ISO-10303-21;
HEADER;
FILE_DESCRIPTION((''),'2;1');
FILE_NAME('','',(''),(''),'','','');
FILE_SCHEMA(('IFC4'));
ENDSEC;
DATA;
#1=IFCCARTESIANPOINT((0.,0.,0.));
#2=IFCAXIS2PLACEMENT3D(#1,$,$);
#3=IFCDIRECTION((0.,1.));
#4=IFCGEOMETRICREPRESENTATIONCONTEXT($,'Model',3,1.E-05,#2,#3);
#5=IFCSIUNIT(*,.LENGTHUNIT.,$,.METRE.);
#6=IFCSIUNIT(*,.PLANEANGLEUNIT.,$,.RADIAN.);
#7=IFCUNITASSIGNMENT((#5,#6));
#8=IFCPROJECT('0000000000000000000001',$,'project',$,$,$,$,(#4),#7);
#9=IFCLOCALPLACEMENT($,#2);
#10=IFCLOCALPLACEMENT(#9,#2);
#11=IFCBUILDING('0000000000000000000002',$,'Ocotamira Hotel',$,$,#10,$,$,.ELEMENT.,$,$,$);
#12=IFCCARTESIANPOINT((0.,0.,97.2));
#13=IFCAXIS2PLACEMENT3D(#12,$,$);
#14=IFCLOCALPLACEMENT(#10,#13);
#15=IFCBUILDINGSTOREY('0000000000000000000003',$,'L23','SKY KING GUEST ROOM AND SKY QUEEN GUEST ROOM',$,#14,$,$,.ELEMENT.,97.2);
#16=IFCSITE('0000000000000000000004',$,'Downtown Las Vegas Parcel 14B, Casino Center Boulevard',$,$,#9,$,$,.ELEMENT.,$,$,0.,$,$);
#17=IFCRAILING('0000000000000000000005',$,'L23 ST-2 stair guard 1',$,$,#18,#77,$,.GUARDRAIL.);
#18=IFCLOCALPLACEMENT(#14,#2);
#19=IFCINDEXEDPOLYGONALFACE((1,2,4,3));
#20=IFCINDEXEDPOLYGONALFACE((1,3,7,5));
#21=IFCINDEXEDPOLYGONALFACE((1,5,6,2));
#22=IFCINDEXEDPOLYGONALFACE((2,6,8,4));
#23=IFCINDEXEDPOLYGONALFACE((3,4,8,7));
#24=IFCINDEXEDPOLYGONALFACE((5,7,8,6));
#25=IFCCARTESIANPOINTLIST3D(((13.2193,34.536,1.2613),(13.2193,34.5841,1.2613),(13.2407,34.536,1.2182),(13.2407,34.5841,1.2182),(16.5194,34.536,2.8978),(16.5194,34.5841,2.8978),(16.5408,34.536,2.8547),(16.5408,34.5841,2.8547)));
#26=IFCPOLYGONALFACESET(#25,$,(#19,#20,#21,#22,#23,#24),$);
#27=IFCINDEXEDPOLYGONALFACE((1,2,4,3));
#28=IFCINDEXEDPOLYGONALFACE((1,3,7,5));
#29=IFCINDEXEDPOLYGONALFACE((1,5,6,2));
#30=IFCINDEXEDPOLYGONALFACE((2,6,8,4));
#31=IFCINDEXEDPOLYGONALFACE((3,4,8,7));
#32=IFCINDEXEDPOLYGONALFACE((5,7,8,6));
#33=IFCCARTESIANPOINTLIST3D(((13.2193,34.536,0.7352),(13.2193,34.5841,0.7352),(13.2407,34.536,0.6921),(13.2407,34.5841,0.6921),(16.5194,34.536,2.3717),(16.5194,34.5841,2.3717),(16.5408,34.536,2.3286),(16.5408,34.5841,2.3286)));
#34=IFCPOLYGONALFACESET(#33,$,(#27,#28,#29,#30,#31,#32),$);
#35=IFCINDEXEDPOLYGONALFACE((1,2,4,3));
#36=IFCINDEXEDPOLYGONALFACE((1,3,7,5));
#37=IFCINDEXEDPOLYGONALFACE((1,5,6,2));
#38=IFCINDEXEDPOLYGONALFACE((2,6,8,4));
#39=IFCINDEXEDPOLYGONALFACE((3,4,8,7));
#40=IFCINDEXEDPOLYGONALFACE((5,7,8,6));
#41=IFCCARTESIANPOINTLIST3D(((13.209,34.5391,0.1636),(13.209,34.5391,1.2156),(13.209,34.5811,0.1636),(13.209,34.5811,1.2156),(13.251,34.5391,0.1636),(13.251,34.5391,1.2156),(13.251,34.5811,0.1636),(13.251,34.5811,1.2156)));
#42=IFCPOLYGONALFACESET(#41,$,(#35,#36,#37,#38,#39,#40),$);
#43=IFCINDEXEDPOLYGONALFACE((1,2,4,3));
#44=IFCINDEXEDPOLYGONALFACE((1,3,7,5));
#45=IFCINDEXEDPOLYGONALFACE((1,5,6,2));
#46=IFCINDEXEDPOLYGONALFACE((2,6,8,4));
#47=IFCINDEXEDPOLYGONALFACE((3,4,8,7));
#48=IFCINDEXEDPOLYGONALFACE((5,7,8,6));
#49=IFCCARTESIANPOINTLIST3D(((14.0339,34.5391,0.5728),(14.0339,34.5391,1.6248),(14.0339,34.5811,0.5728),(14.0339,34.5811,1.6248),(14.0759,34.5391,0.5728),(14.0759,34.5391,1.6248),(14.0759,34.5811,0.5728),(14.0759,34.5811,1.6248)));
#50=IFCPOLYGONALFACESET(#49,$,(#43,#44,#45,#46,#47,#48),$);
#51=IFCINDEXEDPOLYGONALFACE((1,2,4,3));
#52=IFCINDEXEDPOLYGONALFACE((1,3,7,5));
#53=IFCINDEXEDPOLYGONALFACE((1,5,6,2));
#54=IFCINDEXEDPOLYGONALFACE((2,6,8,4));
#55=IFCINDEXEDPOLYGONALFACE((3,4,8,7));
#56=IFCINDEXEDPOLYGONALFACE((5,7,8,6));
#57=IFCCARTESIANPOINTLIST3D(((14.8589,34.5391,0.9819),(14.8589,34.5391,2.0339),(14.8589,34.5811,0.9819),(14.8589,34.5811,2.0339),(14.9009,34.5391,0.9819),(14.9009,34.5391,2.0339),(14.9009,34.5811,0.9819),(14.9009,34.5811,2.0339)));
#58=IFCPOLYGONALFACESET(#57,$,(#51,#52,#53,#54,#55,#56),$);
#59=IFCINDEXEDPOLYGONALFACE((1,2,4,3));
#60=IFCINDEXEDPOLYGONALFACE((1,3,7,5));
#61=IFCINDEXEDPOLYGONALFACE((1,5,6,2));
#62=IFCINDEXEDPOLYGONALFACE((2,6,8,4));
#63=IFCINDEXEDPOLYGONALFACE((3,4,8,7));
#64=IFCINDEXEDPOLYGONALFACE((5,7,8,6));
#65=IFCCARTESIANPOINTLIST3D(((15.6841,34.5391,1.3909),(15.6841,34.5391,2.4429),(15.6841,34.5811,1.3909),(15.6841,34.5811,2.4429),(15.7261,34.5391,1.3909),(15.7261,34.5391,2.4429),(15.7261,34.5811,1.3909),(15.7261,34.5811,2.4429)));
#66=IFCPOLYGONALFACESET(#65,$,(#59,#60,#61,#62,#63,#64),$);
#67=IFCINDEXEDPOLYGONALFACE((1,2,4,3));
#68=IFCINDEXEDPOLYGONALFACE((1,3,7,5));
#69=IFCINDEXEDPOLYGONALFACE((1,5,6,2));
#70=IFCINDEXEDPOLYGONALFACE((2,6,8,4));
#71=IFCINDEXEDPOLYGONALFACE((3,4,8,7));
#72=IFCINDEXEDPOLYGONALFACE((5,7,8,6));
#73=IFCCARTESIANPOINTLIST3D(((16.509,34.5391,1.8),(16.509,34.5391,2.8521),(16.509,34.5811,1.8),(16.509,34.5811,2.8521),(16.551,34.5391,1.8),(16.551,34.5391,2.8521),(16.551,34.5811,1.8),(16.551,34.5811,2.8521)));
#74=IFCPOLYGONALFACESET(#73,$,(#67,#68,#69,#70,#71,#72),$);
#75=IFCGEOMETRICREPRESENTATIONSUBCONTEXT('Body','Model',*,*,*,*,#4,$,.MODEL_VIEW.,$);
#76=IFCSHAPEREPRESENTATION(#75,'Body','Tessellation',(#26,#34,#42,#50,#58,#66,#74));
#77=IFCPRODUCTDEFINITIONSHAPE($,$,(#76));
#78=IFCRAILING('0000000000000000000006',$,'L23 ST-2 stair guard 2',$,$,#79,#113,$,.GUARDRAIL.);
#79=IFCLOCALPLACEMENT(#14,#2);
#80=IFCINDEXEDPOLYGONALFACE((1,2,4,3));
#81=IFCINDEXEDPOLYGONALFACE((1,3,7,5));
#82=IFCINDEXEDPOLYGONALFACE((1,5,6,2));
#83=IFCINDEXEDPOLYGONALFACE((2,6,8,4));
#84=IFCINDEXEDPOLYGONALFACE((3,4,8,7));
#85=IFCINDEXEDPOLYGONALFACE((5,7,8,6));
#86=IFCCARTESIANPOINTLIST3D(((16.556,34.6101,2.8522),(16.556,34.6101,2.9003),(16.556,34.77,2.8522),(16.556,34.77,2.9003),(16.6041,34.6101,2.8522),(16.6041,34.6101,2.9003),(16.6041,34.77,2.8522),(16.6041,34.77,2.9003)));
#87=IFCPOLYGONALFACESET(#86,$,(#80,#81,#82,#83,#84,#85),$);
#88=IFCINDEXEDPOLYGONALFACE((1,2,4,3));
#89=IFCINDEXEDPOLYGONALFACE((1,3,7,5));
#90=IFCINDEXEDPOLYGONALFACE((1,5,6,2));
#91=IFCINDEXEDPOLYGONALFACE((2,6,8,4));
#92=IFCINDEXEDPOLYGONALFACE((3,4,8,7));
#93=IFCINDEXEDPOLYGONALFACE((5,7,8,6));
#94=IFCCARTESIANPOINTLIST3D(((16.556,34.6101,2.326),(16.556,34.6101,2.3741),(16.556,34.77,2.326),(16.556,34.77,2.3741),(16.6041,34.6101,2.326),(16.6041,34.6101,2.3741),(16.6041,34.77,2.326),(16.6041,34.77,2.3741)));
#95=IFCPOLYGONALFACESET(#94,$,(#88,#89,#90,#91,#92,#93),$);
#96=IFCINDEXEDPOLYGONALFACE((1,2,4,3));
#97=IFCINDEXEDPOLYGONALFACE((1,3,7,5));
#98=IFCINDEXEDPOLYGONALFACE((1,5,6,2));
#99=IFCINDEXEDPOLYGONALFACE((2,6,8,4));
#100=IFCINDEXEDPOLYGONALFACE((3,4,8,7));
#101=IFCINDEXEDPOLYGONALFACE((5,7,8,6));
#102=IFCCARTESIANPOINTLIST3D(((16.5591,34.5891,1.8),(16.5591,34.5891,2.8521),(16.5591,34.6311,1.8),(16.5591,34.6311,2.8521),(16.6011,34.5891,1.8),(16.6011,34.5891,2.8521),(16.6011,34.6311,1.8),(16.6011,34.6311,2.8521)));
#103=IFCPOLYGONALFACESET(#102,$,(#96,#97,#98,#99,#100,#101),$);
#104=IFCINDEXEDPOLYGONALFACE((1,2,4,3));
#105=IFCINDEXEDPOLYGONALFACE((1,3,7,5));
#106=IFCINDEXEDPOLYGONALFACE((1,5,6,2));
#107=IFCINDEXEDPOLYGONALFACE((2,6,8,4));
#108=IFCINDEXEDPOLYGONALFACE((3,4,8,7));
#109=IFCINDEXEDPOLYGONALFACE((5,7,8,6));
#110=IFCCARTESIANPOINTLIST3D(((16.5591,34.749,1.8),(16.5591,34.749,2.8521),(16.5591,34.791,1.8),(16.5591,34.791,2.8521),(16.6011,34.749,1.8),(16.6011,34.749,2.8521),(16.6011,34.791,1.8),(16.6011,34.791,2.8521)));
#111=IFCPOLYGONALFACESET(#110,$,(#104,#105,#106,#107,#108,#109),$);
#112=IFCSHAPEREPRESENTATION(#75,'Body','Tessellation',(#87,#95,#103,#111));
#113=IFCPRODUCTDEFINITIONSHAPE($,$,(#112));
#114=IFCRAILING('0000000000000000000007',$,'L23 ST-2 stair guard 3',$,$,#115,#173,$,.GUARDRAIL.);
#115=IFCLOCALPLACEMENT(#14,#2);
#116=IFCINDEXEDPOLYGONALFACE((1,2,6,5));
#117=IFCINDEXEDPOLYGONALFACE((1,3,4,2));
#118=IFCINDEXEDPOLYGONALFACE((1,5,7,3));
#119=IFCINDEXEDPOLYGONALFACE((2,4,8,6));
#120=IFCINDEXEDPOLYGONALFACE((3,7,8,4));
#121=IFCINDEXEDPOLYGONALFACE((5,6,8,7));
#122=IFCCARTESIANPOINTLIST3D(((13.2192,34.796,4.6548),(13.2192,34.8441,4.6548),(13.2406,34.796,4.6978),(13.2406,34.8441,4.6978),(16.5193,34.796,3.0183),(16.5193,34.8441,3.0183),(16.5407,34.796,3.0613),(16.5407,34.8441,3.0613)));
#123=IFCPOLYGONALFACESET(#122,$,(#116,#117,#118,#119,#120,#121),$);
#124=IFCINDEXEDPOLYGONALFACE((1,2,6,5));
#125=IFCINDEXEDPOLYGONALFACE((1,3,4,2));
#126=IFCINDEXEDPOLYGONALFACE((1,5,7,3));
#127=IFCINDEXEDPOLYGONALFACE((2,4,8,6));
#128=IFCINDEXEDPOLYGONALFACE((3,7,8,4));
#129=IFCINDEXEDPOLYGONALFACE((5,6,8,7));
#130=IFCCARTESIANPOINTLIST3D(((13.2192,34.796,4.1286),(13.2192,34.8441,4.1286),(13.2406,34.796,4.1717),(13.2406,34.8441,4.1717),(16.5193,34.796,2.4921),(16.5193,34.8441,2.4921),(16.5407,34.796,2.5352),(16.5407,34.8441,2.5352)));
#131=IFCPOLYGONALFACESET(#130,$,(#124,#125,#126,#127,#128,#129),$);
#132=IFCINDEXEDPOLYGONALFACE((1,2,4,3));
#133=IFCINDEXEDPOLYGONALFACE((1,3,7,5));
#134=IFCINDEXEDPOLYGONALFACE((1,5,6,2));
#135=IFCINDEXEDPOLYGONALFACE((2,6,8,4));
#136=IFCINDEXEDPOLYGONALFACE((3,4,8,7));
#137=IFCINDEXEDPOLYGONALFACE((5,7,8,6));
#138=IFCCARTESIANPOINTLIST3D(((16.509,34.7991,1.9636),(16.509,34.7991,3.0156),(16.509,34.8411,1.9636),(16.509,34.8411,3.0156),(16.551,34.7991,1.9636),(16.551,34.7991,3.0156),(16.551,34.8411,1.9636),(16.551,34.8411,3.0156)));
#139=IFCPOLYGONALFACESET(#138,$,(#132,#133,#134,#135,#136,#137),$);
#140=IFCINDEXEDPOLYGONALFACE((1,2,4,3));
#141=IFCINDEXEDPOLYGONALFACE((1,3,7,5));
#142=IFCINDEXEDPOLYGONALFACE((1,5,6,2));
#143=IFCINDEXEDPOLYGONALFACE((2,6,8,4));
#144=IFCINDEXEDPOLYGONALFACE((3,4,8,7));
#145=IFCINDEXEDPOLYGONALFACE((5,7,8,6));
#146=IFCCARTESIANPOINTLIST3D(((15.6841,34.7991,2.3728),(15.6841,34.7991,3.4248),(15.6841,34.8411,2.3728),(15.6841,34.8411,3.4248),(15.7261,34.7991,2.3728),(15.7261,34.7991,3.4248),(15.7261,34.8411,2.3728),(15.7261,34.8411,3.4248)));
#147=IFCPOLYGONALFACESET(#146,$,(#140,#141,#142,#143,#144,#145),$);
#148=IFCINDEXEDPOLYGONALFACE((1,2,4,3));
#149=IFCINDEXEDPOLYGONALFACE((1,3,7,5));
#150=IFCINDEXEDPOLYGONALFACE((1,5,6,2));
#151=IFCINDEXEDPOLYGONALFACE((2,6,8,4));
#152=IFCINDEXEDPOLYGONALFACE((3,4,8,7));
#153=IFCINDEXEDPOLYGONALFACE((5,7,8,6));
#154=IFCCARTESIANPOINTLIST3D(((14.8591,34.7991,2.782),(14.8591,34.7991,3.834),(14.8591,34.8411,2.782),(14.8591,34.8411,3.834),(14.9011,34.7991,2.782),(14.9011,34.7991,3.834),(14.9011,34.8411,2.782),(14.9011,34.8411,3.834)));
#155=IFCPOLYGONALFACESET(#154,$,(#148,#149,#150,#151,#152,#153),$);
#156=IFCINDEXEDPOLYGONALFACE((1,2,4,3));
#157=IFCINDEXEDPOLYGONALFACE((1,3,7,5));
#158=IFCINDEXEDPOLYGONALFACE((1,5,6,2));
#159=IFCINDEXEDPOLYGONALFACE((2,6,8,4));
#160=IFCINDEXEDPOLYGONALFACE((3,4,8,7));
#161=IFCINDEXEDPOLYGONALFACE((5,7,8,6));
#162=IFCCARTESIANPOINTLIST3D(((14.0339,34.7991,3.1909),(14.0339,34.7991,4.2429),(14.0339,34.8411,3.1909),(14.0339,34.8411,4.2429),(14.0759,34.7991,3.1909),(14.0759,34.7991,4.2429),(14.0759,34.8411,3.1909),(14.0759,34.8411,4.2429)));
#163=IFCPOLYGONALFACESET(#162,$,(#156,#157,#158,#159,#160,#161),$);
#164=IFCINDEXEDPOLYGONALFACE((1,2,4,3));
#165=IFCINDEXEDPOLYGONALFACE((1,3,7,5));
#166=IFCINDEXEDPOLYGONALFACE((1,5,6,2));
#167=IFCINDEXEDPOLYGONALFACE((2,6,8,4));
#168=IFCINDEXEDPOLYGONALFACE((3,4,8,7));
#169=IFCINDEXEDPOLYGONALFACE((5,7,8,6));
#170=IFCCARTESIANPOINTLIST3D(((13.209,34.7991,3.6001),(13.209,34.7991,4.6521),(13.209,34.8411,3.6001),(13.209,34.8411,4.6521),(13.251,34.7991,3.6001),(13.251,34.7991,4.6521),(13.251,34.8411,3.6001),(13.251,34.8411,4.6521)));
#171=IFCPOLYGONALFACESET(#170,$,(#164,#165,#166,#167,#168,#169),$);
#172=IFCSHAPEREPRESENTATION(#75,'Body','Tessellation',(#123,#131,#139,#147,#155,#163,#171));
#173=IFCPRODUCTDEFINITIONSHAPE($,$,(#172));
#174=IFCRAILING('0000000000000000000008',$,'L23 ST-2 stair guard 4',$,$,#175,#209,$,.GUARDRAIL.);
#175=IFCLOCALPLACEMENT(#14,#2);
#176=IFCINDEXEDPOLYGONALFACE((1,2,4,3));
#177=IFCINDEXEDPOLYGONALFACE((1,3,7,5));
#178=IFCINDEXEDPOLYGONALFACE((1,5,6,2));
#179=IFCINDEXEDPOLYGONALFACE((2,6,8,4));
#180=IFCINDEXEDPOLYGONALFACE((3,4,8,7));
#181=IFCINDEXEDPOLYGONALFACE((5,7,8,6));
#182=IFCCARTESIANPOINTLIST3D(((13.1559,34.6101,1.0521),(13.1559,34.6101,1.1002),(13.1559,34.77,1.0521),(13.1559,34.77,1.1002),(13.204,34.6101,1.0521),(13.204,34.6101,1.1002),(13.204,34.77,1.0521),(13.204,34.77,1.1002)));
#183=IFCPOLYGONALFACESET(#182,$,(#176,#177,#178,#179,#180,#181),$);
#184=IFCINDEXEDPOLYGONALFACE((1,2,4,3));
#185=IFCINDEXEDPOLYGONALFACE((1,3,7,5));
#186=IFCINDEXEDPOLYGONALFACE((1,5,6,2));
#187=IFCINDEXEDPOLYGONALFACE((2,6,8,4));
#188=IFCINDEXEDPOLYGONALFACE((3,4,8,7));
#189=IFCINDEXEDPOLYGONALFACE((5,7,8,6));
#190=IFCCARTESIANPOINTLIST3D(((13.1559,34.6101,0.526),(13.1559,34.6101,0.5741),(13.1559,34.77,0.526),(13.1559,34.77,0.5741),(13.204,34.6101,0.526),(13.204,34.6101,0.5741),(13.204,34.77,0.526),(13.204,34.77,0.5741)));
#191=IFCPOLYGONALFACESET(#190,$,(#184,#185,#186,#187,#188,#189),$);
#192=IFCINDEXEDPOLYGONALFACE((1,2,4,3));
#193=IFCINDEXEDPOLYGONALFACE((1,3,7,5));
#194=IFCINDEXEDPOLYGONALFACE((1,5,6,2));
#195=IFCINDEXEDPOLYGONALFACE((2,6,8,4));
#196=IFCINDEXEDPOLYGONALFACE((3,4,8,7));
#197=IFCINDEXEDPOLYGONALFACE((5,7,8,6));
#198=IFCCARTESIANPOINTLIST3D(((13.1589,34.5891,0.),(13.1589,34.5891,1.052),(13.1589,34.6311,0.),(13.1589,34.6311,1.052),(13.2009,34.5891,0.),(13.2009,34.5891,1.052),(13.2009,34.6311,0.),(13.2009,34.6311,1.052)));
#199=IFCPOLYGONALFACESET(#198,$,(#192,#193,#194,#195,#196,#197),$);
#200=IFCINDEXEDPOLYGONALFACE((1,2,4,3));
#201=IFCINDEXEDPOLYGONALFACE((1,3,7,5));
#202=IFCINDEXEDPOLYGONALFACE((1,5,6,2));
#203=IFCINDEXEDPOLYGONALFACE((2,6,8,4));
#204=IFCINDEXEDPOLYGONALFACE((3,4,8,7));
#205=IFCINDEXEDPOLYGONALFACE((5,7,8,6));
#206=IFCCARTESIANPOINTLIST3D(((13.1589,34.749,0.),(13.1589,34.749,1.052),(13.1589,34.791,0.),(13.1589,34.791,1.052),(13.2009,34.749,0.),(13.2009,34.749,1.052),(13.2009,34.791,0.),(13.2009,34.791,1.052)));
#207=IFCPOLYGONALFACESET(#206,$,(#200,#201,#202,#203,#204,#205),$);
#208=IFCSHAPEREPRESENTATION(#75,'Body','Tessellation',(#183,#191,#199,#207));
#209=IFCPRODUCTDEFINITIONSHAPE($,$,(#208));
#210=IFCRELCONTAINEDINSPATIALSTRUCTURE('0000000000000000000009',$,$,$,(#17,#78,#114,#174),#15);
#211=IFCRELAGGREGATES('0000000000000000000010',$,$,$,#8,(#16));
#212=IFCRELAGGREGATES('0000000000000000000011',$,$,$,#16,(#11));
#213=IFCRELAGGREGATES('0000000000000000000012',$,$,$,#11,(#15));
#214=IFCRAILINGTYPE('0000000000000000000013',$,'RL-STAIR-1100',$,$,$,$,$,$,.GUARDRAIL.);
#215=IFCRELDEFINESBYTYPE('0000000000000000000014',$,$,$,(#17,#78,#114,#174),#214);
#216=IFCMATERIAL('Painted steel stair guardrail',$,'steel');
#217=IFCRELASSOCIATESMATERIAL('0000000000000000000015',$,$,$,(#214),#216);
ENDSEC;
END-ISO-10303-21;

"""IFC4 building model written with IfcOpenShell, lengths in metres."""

from ifc_helpers import new_model, si_unit, direction, frame, origin, origin_2d, place, context, subcontext, project, spatial, rectangle, extrude, material, type_object, element, save


model = new_model("IFC4")

# Units and contexts
model_context = context("Model", 3, precision=1e-05, world=origin(), true_north=direction((0.0, 1.0)))
body_context = subcontext(model_context, "Body", "Model", "MODEL_VIEW")
ifc_project = project(units=[si_unit("LENGTHUNIT", "METRE"), si_unit("PLANEANGLEUNIT", "RADIAN")], contexts=[model_context])

# Site, building, storey
site_placement = place(None, origin())
site = spatial("IfcSite", under=ifc_project, at=site_placement, Name="Downtown Las Vegas Parcel 14B, Casino Center Boulevard", CompositionType="ELEMENT", RefElevation=0.0)
building_placement = place(site_placement, origin())
building = spatial("IfcBuilding", under=site, at=building_placement, Name="Ocotamira Hotel", CompositionType="ELEMENT")
storey_placement = place(building_placement, frame((0.0, 0.0, 97.2)))
storey = spatial("IfcBuildingStorey", under=building, at=storey_placement, Name="L23", Description="SKY KING GUEST ROOM AND SKY QUEEN GUEST ROOM", CompositionType="ELEMENT", Elevation=97.2)

# Railings
ifc_material_1 = material(Name="Painted steel stair guardrail", Category="steel")
railing_type_1 = type_object("IfcRailingType", Name="RL-STAIR-1100", PredefinedType="GUARDRAIL", material=ifc_material_1)
railing_1_placement = place(storey_placement, frame((13.23, 34.5601, 0.1636)))
element("IfcRailing", 1, at=railing_1_placement, inside=storey, type_object=railing_type_1, Name="L23 ST-2 stair guard 1", PredefinedType="GUARDRAIL", context=body_context, shape_type="SweptSolid", body=[
    extrude(rectangle(XDim=0.0481, YDim=0.0481, at=origin_2d()), frame((0.0, 0.0, 1.0762), z_axis=(0.895894, 0.0, 0.444268), x_axis=(0.0, 1.0, 0.0)), (0.0, 0.0, 1.0), 3.6836),
    extrude(rectangle(XDim=0.0481, YDim=0.0481, at=origin_2d()), frame((0.0, 0.0, 0.55), z_axis=(0.895894, 0.0, 0.444268), x_axis=(0.0, 1.0, 0.0)), (0.0, 0.0, 1.0), 3.6836),
    extrude(rectangle(XDim=0.042, YDim=0.042, at=origin_2d()), origin(), (0.0, 0.0, 1.0), 1.052),
    extrude(rectangle(XDim=0.042, YDim=0.042, at=origin_2d()), frame((0.825, 0.0, 0.4092)), (0.0, 0.0, 1.0), 1.052),
    extrude(rectangle(XDim=0.042, YDim=0.042, at=origin_2d()), frame((1.6499, 0.0, 0.8184)), (0.0, 0.0, 1.0), 1.052),
    extrude(rectangle(XDim=0.042, YDim=0.042, at=origin_2d()), frame((2.4751, 0.0, 1.2273)), (0.0, 0.0, 1.0), 1.052),
    extrude(rectangle(XDim=0.042, YDim=0.042, at=origin_2d()), frame((3.3, 0.0, 1.6365)), (0.0, 0.0, 1.0), 1.052),
])
railing_2_placement = place(storey_placement, frame((16.5801, 34.6101, 1.8)))
element("IfcRailing", 2, at=railing_2_placement, inside=storey, type_object=railing_type_1, Name="L23 ST-2 stair guard 2", PredefinedType="GUARDRAIL", context=body_context, shape_type="SweptSolid", body=[
    extrude(rectangle(XDim=0.0481, YDim=0.0481, at=origin_2d()), frame((0.0, 0.0, 1.0762), z_axis=(0.0, 1.0, 0.0), x_axis=(-1.0, 0.0, 0.0)), (0.0, 0.0, 1.0), 0.1599),
    extrude(rectangle(XDim=0.0481, YDim=0.0481, at=origin_2d()), frame((0.0, 0.0, 0.55), z_axis=(0.0, 1.0, 0.0), x_axis=(-1.0, 0.0, 0.0)), (0.0, 0.0, 1.0), 0.1599),
    extrude(rectangle(XDim=0.042, YDim=0.042, at=origin_2d()), origin(), (0.0, 0.0, 1.0), 1.052),
    extrude(rectangle(XDim=0.042, YDim=0.042, at=origin_2d()), frame((0.0, 0.1599, 0.0)), (0.0, 0.0, 1.0), 1.052),
])
railing_3_placement = place(storey_placement, frame((16.53, 34.8201, 1.9636)))
element("IfcRailing", 3, at=railing_3_placement, inside=storey, type_object=railing_type_1, Name="L23 ST-2 stair guard 3", PredefinedType="GUARDRAIL", context=body_context, shape_type="SweptSolid", body=[
    extrude(rectangle(XDim=0.0481, YDim=0.0481, at=origin_2d()), frame((0.0, 0.0, 1.0762), z_axis=(-0.895894, 0.0, 0.444268), x_axis=(0.0, -1.0, 0.0)), (0.0, 0.0, 1.0), 3.6836),
    extrude(rectangle(XDim=0.0481, YDim=0.0481, at=origin_2d()), frame((0.0, 0.0, 0.55), z_axis=(-0.895894, 0.0, 0.444268), x_axis=(0.0, -1.0, 0.0)), (0.0, 0.0, 1.0), 3.6836),
    extrude(rectangle(XDim=0.042, YDim=0.042, at=origin_2d()), origin(), (0.0, 0.0, 1.0), 1.052),
    extrude(rectangle(XDim=0.042, YDim=0.042, at=origin_2d()), frame((-0.825, 0.0, 0.4092)), (0.0, 0.0, 1.0), 1.052),
    extrude(rectangle(XDim=0.042, YDim=0.042, at=origin_2d()), frame((-1.6499, 0.0, 0.8184)), (0.0, 0.0, 1.0), 1.052),
    extrude(rectangle(XDim=0.042, YDim=0.042, at=origin_2d()), frame((-2.4751, 0.0, 1.2273)), (0.0, 0.0, 1.0), 1.052),
    extrude(rectangle(XDim=0.042, YDim=0.042, at=origin_2d()), frame((-3.3, 0.0, 1.6365)), (0.0, 0.0, 1.0), 1.052),
])
railing_4_placement = place(storey_placement, frame((13.1799, 34.6101, 0.0)))
element("IfcRailing", 4, at=railing_4_placement, inside=storey, type_object=railing_type_1, Name="L23 ST-2 stair guard 4", PredefinedType="GUARDRAIL", context=body_context, shape_type="SweptSolid", body=[
    extrude(rectangle(XDim=0.0481, YDim=0.0481, at=origin_2d()), frame((0.0, 0.0, 1.0762), z_axis=(0.0, 1.0, 0.0), x_axis=(-1.0, 0.0, 0.0)), (0.0, 0.0, 1.0), 0.1599),
    extrude(rectangle(XDim=0.0481, YDim=0.0481, at=origin_2d()), frame((0.0, 0.0, 0.55), z_axis=(0.0, 1.0, 0.0), x_axis=(-1.0, 0.0, 0.0)), (0.0, 0.0, 1.0), 0.1599),
    extrude(rectangle(XDim=0.042, YDim=0.042, at=origin_2d()), origin(), (0.0, 0.0, 1.0), 1.052),
    extrude(rectangle(XDim=0.042, YDim=0.042, at=origin_2d()), frame((0.0, 0.1599, 0.0)), (0.0, 0.0, 1.0), 1.052),
])

save(model, "model.ifc")
